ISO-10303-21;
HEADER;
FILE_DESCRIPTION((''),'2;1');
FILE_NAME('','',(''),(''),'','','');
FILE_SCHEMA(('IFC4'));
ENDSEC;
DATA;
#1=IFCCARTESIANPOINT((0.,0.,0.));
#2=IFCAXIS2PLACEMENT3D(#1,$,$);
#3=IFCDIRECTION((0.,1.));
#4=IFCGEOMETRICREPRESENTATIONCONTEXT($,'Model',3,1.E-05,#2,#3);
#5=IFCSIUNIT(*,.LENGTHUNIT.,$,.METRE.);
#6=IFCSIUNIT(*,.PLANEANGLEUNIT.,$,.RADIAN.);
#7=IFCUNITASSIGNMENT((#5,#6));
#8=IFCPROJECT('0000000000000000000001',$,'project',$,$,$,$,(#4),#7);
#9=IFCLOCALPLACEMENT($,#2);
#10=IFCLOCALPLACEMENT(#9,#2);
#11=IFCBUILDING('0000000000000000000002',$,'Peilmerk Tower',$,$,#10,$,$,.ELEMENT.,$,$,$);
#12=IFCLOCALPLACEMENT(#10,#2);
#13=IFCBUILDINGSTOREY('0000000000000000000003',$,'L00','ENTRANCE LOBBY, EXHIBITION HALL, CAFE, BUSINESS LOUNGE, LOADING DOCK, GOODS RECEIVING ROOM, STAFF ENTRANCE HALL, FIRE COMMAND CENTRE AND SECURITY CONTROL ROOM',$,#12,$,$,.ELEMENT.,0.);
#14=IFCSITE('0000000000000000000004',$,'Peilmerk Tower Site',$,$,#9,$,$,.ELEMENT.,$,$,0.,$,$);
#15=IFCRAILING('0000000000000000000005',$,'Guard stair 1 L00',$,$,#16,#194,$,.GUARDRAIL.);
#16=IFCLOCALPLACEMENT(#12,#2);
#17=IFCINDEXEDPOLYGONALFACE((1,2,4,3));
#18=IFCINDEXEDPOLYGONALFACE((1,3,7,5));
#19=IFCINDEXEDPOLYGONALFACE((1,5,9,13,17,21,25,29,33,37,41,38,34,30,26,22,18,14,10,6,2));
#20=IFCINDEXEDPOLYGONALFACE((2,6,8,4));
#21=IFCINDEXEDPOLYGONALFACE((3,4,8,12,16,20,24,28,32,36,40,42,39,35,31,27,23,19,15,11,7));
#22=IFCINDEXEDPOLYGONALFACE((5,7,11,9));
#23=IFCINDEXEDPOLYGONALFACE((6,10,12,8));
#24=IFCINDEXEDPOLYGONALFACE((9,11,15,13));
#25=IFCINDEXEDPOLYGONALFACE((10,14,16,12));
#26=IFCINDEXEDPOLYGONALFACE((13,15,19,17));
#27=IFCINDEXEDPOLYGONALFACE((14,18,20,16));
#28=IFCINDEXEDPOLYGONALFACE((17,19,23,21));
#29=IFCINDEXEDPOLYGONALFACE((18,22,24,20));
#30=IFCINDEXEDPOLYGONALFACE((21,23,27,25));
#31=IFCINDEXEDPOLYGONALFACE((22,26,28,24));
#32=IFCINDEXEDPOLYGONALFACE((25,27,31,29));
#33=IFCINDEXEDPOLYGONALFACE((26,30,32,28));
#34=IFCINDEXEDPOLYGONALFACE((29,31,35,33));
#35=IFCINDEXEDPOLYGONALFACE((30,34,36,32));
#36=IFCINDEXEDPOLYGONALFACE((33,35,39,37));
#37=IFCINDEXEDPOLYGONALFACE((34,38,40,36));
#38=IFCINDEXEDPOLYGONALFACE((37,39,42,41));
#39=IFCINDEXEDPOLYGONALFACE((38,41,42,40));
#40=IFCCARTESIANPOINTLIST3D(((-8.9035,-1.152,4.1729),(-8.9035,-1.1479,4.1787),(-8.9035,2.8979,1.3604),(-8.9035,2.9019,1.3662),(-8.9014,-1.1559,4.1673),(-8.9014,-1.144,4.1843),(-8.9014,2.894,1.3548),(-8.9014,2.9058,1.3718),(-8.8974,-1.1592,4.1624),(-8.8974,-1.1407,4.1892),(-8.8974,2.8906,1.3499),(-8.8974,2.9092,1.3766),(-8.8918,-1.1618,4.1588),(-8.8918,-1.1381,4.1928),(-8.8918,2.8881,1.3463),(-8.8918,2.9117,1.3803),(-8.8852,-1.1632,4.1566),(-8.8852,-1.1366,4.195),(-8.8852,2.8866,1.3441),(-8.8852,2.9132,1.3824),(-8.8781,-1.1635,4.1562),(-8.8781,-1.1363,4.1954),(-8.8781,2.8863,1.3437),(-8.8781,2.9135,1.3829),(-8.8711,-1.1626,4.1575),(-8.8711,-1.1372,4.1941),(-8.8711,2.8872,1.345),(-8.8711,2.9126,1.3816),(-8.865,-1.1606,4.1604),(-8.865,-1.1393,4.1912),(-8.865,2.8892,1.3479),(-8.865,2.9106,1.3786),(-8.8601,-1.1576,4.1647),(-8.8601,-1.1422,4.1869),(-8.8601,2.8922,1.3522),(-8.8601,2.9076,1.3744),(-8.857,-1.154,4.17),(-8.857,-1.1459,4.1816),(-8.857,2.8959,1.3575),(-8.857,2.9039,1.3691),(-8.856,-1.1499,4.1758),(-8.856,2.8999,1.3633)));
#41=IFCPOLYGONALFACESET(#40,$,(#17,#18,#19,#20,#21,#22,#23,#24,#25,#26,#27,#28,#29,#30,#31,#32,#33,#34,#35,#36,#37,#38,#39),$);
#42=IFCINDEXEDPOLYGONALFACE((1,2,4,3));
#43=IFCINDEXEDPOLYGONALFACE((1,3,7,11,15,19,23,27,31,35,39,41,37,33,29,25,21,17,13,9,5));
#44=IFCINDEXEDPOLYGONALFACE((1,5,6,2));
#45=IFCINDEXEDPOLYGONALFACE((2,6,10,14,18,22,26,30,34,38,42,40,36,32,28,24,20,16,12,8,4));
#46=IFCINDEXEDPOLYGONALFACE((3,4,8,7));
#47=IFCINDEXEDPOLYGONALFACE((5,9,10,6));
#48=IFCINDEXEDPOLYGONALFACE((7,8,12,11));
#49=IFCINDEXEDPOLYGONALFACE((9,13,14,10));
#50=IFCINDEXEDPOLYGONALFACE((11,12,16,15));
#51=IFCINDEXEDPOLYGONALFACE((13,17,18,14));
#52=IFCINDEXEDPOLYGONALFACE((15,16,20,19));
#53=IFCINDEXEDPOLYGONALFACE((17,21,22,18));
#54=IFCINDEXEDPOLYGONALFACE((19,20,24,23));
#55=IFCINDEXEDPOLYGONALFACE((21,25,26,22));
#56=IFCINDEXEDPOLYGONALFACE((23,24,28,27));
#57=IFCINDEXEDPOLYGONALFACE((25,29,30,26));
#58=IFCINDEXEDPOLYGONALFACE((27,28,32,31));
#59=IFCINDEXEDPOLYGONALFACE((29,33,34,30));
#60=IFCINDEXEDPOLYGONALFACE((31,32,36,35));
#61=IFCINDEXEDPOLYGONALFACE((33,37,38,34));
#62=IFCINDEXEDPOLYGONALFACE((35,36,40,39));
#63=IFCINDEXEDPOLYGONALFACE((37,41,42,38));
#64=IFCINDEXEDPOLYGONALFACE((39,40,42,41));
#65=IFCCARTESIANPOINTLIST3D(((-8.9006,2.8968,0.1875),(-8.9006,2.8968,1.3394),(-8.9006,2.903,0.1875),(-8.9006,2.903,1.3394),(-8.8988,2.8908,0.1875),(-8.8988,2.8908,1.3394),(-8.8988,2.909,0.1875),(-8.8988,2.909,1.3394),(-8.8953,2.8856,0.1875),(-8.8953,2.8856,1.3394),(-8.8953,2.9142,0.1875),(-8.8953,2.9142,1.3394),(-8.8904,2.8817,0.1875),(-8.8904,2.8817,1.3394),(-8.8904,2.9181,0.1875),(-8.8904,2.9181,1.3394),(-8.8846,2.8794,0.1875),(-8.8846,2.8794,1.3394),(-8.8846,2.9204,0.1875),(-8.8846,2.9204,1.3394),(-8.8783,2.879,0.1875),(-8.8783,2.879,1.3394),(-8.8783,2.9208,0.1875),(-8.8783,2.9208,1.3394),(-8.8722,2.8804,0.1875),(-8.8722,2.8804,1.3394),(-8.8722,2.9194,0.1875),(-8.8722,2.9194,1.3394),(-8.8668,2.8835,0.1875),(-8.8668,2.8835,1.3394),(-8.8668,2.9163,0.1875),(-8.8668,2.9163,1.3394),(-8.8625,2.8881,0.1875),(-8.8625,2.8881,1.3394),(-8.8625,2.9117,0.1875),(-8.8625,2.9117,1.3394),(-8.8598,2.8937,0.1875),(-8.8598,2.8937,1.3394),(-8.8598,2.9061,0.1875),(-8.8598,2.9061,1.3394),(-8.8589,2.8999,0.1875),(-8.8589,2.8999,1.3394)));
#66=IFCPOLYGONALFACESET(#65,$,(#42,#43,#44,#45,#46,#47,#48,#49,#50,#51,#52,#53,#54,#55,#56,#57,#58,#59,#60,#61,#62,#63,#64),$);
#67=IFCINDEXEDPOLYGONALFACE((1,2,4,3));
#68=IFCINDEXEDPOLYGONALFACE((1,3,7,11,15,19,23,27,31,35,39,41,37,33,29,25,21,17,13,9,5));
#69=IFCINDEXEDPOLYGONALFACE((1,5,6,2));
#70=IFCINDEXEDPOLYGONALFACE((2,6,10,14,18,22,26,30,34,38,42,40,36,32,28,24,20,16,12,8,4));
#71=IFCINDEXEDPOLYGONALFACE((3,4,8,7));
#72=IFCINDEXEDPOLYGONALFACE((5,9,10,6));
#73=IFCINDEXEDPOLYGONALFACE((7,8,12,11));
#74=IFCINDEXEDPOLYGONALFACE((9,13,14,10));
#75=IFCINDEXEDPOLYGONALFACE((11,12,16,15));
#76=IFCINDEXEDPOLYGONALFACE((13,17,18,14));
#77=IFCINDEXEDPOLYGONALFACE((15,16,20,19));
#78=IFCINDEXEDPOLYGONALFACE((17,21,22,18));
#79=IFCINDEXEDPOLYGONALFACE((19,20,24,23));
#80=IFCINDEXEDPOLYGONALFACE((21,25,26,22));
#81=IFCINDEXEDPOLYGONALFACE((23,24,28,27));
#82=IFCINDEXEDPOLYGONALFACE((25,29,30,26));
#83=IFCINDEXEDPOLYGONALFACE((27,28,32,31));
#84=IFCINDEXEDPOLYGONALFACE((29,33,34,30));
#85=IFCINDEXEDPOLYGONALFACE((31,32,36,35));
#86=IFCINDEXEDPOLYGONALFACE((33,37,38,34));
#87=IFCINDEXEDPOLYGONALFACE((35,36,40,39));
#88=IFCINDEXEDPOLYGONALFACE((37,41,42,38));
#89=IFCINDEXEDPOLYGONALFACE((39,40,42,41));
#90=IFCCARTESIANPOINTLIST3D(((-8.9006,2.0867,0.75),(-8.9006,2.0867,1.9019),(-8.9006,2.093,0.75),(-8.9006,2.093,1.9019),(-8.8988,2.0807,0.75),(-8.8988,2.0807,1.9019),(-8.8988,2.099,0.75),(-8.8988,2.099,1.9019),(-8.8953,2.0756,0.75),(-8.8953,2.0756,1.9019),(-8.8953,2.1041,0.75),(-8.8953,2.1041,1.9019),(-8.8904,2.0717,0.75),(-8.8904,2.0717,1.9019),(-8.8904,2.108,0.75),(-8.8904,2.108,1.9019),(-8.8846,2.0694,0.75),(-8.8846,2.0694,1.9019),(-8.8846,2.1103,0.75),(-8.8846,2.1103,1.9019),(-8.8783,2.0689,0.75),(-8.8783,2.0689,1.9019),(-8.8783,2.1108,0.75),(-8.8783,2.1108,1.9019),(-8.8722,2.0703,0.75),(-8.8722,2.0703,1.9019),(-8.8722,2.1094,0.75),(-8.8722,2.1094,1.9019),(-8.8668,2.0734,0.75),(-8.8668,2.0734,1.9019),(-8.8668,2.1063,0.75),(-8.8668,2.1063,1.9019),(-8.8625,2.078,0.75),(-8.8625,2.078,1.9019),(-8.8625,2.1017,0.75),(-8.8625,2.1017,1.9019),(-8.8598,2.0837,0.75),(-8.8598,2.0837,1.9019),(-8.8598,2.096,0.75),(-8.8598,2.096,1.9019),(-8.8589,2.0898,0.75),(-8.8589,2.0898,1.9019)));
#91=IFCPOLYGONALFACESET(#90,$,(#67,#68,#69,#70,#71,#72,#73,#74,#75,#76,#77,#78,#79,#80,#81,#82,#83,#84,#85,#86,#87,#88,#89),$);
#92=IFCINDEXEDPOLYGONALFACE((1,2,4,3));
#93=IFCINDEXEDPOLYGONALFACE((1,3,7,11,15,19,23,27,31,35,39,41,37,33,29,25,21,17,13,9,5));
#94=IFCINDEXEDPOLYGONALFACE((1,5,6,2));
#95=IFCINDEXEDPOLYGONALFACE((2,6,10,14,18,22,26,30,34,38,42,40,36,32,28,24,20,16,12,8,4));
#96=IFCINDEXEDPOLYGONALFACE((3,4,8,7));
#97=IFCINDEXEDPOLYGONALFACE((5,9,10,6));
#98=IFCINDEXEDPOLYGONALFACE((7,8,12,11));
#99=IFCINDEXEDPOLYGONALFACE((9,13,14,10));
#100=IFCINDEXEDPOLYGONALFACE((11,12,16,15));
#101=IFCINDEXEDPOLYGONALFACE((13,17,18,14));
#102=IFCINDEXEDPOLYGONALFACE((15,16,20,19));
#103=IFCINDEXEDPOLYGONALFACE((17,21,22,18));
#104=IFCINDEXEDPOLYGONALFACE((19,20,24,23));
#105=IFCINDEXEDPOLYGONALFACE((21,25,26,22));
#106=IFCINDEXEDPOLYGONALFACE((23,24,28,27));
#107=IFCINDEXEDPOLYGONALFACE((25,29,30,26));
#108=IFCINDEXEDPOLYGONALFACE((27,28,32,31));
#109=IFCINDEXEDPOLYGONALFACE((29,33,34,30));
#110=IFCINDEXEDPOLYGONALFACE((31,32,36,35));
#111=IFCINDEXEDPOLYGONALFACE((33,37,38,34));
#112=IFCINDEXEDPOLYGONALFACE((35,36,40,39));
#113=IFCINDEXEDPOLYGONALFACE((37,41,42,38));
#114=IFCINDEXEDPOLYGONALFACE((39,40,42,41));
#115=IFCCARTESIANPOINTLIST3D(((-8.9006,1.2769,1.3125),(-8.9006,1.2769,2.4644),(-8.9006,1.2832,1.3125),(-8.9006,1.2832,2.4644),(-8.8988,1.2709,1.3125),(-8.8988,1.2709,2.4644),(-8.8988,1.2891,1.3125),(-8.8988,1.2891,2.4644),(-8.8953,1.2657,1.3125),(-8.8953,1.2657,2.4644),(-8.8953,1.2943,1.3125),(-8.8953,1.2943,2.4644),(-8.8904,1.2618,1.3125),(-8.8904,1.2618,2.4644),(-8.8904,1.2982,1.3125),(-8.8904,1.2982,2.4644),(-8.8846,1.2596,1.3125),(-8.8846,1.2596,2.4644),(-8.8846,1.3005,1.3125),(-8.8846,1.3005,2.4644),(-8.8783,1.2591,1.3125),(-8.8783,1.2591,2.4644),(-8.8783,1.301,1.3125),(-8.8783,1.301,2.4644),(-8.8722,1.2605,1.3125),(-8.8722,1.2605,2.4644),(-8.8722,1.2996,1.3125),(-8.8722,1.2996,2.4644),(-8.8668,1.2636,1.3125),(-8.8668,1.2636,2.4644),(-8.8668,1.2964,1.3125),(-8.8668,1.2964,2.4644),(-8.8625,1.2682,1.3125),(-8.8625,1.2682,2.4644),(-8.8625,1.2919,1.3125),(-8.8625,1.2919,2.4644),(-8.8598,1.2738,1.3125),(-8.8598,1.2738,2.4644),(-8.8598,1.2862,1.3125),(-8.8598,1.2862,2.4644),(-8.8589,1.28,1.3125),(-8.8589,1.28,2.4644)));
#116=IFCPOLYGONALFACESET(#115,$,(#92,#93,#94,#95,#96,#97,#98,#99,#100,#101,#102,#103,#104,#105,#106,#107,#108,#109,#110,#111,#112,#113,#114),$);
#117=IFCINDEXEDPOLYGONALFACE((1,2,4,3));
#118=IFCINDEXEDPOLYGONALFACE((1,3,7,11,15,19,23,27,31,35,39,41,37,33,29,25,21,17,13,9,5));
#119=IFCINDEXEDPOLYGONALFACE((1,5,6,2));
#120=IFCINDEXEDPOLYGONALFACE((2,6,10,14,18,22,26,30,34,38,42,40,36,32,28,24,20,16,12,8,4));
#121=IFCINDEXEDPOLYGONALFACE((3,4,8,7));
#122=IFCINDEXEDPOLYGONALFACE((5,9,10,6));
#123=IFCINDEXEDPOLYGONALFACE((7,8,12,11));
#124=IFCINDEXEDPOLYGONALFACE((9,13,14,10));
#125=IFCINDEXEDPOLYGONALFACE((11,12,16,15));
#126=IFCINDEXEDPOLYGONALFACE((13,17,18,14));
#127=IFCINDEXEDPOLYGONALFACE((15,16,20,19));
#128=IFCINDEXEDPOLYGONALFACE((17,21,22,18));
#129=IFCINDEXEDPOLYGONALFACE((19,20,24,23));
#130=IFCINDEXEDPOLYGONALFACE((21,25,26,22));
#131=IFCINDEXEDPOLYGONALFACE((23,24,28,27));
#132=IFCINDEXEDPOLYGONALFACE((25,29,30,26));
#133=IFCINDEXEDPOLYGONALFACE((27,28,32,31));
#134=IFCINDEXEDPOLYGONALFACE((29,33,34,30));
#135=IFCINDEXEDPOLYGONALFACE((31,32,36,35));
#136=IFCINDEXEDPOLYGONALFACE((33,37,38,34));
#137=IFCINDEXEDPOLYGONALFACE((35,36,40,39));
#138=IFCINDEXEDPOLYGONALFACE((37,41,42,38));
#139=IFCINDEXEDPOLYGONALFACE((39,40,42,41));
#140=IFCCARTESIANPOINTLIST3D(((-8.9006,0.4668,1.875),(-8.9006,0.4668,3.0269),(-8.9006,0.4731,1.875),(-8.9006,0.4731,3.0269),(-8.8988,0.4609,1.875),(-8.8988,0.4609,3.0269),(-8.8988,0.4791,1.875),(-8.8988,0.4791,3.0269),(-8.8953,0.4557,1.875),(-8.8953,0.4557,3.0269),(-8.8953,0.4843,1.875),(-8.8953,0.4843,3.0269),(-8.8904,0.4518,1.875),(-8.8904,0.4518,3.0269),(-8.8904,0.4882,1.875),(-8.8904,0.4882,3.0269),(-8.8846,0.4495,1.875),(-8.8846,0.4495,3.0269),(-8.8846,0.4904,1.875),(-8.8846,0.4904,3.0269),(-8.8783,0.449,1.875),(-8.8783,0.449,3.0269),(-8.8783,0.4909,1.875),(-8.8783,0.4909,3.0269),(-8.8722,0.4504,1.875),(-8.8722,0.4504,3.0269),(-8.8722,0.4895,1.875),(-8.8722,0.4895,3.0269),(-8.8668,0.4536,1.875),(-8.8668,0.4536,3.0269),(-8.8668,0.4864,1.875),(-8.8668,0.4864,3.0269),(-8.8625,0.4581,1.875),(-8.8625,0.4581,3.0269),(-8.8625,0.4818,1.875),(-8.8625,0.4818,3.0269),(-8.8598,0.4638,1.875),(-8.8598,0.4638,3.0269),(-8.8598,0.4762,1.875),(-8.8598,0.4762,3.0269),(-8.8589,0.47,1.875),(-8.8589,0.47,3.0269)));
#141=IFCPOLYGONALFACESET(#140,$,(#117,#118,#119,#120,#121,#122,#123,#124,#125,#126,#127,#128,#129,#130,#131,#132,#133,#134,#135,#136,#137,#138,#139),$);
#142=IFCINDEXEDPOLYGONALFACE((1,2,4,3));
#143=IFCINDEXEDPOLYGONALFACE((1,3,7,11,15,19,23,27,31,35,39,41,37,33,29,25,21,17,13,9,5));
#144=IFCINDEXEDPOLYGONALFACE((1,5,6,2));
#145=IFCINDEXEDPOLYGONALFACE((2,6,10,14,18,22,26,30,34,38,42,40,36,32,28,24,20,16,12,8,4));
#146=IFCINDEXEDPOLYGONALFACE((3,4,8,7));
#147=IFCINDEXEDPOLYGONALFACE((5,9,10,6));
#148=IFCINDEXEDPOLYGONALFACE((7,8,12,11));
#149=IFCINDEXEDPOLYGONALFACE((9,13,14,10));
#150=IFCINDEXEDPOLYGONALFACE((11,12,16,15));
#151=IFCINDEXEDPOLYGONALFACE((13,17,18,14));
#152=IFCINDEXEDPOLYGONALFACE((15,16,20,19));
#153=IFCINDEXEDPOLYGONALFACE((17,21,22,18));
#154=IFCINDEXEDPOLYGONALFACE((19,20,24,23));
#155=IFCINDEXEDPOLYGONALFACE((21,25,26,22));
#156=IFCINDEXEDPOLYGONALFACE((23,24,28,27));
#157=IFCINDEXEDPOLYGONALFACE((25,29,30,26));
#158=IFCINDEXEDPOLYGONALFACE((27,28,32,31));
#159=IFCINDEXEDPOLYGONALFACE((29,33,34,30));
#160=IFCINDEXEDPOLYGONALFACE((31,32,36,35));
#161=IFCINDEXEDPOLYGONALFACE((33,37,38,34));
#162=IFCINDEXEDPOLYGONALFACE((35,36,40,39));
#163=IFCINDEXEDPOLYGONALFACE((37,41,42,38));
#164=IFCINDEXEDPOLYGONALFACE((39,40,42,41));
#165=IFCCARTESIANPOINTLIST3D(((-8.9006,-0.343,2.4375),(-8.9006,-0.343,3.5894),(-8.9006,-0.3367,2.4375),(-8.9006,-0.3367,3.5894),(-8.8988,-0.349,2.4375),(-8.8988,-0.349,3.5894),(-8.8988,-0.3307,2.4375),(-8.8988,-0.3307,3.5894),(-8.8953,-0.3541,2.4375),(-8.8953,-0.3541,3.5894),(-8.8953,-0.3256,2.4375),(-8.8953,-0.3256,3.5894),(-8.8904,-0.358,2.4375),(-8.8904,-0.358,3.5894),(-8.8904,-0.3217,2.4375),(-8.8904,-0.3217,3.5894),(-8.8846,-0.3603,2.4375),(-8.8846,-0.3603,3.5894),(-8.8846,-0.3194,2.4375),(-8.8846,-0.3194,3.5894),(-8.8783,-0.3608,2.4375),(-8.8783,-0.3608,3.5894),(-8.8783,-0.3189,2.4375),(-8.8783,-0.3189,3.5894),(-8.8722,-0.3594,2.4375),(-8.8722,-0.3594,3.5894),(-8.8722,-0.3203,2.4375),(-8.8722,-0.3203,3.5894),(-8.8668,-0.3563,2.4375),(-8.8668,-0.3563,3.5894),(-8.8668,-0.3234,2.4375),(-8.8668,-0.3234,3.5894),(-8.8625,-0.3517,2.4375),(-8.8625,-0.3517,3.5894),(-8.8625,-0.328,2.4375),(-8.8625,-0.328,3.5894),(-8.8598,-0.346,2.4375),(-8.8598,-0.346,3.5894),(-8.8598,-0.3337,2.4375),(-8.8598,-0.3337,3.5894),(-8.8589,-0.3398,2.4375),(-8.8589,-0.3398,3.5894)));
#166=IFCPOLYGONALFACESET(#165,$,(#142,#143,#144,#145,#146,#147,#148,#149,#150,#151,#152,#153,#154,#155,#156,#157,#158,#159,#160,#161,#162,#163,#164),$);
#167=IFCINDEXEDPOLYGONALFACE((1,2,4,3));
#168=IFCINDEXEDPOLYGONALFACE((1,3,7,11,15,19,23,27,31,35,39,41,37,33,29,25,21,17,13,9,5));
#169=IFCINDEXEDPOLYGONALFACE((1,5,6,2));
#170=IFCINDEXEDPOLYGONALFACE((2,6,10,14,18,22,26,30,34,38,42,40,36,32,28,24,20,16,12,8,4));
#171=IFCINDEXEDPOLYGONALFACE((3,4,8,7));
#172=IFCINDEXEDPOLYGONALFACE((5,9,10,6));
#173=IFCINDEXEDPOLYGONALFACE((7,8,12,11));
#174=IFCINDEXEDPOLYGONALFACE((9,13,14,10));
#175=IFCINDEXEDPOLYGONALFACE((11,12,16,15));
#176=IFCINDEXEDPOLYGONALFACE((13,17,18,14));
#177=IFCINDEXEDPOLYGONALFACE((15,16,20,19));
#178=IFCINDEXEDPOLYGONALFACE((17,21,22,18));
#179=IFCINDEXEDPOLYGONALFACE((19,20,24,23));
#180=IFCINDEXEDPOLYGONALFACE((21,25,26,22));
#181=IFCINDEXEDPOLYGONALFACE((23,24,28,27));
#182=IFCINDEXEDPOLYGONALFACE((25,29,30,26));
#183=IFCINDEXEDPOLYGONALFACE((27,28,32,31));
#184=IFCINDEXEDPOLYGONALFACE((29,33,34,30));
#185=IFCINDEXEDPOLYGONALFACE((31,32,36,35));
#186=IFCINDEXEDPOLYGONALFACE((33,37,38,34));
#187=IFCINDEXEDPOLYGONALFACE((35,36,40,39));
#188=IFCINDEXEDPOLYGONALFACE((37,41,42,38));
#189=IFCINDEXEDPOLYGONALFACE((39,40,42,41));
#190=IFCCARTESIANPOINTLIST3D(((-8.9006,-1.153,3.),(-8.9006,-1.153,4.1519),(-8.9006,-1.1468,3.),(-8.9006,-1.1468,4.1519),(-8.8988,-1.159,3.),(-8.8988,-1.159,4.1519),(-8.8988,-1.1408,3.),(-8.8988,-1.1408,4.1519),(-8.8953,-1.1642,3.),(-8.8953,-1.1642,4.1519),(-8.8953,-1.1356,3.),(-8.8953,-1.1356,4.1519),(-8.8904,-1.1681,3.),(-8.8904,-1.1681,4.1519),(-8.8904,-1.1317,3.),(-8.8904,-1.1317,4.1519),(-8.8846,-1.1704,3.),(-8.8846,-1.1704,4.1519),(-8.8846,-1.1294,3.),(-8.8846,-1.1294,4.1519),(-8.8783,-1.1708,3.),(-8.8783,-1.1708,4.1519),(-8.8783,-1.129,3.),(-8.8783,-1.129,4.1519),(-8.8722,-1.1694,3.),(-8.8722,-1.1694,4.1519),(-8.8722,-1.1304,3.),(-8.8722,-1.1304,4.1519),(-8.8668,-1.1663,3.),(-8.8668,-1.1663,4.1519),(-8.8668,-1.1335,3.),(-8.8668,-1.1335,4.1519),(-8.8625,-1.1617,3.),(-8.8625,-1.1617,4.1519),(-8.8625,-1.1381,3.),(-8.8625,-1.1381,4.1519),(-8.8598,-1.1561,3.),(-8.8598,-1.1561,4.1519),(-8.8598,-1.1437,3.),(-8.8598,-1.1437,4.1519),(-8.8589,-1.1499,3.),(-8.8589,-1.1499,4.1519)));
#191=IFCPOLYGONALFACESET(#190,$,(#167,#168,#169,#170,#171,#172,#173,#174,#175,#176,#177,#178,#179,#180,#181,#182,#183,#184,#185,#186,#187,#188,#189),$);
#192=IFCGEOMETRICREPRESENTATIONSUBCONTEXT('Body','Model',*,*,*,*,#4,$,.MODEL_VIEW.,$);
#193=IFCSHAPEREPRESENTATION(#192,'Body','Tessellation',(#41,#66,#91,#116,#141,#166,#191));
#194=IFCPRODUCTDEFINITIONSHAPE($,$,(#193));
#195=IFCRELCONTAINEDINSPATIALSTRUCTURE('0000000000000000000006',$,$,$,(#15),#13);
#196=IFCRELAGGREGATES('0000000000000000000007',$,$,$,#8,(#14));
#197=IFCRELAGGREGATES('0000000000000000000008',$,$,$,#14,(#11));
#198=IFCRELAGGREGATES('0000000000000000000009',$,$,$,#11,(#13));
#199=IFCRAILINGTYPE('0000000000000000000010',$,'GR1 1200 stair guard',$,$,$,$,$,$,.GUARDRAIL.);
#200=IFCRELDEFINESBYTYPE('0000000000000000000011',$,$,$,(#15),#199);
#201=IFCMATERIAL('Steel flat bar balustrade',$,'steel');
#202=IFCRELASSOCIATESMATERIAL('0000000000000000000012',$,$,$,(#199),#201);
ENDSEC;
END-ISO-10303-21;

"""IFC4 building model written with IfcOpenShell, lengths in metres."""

from ifc_helpers import new_model, si_unit, direction, frame, origin, origin_2d, place, context, subcontext, project, spatial, circle, extrude, material, type_object, element, save


model = new_model("IFC4")

# Units and contexts
model_context = context("Model", 3, precision=1e-05, world=origin(), true_north=direction((0.0, 1.0)))
body_context = subcontext(model_context, "Body", "Model", "MODEL_VIEW")
ifc_project = project(units=[si_unit("LENGTHUNIT", "METRE"), si_unit("PLANEANGLEUNIT", "RADIAN")], contexts=[model_context])

# Site, building, storey
site_placement = place(None, origin())
site = spatial("IfcSite", under=ifc_project, at=site_placement, Name="Peilmerk Tower Site", CompositionType="ELEMENT", RefElevation=0.0)
building_placement = place(site_placement, origin())
building = spatial("IfcBuilding", under=site, at=building_placement, Name="Peilmerk Tower", CompositionType="ELEMENT")
storey_placement = place(building_placement, origin())
storey = spatial("IfcBuildingStorey", under=building, at=storey_placement, Name="L00", Description="ENTRANCE LOBBY, EXHIBITION HALL, CAFE, BUSINESS LOUNGE, LOADING DOCK, GOODS RECEIVING ROOM, STAFF ENTRANCE HALL, FIRE COMMAND CENTRE AND SECURITY CONTROL ROOM", CompositionType="ELEMENT", Elevation=0.0)

# Railing
ifc_material_1 = material(Name="Steel flat bar balustrade", Category="steel")
railing_type_1 = type_object("IfcRailingType", Name="GR1 1200 stair guard", PredefinedType="GUARDRAIL", material=ifc_material_1)
railing_1_placement = place(storey_placement, frame((-8.8799, 2.8999, 0.1875)))
element("IfcRailing", 1, at=railing_1_placement, inside=storey, type_object=railing_type_1, Name="Guard stair 1 L00", PredefinedType="GUARDRAIL", context=body_context, shape_type="SweptSolid", body=[
    extrude(circle(Radius=0.0239, at=origin_2d()), frame((0.0, 0.0, 1.1758), z_axis=(0.0, -0.821357, 0.570414), x_axis=(1.0, 0.0, 0.0)), (0.0, 0.0, 1.0), 4.9307),
    extrude(circle(Radius=0.021, at=origin_2d()), origin(), (0.0, 0.0, 1.0), 1.1519),
    extrude(circle(Radius=0.021, at=origin_2d()), frame((0.0, -0.8101, 0.5625)), (0.0, 0.0, 1.0), 1.1519),
    extrude(circle(Radius=0.021, at=origin_2d()), frame((0.0, -1.6199, 1.125)), (0.0, 0.0, 1.0), 1.1519),
    extrude(circle(Radius=0.021, at=origin_2d()), frame((0.0, -2.4299, 1.6875)), (0.0, 0.0, 1.0), 1.1519),
    extrude(circle(Radius=0.021, at=origin_2d()), frame((0.0, -3.2397, 2.25)), (0.0, 0.0, 1.0), 1.1519),
    extrude(circle(Radius=0.021, at=origin_2d()), frame((0.0, -4.0498, 2.8125)), (0.0, 0.0, 1.0), 1.1519),
])

save(model, "model.ifc")
